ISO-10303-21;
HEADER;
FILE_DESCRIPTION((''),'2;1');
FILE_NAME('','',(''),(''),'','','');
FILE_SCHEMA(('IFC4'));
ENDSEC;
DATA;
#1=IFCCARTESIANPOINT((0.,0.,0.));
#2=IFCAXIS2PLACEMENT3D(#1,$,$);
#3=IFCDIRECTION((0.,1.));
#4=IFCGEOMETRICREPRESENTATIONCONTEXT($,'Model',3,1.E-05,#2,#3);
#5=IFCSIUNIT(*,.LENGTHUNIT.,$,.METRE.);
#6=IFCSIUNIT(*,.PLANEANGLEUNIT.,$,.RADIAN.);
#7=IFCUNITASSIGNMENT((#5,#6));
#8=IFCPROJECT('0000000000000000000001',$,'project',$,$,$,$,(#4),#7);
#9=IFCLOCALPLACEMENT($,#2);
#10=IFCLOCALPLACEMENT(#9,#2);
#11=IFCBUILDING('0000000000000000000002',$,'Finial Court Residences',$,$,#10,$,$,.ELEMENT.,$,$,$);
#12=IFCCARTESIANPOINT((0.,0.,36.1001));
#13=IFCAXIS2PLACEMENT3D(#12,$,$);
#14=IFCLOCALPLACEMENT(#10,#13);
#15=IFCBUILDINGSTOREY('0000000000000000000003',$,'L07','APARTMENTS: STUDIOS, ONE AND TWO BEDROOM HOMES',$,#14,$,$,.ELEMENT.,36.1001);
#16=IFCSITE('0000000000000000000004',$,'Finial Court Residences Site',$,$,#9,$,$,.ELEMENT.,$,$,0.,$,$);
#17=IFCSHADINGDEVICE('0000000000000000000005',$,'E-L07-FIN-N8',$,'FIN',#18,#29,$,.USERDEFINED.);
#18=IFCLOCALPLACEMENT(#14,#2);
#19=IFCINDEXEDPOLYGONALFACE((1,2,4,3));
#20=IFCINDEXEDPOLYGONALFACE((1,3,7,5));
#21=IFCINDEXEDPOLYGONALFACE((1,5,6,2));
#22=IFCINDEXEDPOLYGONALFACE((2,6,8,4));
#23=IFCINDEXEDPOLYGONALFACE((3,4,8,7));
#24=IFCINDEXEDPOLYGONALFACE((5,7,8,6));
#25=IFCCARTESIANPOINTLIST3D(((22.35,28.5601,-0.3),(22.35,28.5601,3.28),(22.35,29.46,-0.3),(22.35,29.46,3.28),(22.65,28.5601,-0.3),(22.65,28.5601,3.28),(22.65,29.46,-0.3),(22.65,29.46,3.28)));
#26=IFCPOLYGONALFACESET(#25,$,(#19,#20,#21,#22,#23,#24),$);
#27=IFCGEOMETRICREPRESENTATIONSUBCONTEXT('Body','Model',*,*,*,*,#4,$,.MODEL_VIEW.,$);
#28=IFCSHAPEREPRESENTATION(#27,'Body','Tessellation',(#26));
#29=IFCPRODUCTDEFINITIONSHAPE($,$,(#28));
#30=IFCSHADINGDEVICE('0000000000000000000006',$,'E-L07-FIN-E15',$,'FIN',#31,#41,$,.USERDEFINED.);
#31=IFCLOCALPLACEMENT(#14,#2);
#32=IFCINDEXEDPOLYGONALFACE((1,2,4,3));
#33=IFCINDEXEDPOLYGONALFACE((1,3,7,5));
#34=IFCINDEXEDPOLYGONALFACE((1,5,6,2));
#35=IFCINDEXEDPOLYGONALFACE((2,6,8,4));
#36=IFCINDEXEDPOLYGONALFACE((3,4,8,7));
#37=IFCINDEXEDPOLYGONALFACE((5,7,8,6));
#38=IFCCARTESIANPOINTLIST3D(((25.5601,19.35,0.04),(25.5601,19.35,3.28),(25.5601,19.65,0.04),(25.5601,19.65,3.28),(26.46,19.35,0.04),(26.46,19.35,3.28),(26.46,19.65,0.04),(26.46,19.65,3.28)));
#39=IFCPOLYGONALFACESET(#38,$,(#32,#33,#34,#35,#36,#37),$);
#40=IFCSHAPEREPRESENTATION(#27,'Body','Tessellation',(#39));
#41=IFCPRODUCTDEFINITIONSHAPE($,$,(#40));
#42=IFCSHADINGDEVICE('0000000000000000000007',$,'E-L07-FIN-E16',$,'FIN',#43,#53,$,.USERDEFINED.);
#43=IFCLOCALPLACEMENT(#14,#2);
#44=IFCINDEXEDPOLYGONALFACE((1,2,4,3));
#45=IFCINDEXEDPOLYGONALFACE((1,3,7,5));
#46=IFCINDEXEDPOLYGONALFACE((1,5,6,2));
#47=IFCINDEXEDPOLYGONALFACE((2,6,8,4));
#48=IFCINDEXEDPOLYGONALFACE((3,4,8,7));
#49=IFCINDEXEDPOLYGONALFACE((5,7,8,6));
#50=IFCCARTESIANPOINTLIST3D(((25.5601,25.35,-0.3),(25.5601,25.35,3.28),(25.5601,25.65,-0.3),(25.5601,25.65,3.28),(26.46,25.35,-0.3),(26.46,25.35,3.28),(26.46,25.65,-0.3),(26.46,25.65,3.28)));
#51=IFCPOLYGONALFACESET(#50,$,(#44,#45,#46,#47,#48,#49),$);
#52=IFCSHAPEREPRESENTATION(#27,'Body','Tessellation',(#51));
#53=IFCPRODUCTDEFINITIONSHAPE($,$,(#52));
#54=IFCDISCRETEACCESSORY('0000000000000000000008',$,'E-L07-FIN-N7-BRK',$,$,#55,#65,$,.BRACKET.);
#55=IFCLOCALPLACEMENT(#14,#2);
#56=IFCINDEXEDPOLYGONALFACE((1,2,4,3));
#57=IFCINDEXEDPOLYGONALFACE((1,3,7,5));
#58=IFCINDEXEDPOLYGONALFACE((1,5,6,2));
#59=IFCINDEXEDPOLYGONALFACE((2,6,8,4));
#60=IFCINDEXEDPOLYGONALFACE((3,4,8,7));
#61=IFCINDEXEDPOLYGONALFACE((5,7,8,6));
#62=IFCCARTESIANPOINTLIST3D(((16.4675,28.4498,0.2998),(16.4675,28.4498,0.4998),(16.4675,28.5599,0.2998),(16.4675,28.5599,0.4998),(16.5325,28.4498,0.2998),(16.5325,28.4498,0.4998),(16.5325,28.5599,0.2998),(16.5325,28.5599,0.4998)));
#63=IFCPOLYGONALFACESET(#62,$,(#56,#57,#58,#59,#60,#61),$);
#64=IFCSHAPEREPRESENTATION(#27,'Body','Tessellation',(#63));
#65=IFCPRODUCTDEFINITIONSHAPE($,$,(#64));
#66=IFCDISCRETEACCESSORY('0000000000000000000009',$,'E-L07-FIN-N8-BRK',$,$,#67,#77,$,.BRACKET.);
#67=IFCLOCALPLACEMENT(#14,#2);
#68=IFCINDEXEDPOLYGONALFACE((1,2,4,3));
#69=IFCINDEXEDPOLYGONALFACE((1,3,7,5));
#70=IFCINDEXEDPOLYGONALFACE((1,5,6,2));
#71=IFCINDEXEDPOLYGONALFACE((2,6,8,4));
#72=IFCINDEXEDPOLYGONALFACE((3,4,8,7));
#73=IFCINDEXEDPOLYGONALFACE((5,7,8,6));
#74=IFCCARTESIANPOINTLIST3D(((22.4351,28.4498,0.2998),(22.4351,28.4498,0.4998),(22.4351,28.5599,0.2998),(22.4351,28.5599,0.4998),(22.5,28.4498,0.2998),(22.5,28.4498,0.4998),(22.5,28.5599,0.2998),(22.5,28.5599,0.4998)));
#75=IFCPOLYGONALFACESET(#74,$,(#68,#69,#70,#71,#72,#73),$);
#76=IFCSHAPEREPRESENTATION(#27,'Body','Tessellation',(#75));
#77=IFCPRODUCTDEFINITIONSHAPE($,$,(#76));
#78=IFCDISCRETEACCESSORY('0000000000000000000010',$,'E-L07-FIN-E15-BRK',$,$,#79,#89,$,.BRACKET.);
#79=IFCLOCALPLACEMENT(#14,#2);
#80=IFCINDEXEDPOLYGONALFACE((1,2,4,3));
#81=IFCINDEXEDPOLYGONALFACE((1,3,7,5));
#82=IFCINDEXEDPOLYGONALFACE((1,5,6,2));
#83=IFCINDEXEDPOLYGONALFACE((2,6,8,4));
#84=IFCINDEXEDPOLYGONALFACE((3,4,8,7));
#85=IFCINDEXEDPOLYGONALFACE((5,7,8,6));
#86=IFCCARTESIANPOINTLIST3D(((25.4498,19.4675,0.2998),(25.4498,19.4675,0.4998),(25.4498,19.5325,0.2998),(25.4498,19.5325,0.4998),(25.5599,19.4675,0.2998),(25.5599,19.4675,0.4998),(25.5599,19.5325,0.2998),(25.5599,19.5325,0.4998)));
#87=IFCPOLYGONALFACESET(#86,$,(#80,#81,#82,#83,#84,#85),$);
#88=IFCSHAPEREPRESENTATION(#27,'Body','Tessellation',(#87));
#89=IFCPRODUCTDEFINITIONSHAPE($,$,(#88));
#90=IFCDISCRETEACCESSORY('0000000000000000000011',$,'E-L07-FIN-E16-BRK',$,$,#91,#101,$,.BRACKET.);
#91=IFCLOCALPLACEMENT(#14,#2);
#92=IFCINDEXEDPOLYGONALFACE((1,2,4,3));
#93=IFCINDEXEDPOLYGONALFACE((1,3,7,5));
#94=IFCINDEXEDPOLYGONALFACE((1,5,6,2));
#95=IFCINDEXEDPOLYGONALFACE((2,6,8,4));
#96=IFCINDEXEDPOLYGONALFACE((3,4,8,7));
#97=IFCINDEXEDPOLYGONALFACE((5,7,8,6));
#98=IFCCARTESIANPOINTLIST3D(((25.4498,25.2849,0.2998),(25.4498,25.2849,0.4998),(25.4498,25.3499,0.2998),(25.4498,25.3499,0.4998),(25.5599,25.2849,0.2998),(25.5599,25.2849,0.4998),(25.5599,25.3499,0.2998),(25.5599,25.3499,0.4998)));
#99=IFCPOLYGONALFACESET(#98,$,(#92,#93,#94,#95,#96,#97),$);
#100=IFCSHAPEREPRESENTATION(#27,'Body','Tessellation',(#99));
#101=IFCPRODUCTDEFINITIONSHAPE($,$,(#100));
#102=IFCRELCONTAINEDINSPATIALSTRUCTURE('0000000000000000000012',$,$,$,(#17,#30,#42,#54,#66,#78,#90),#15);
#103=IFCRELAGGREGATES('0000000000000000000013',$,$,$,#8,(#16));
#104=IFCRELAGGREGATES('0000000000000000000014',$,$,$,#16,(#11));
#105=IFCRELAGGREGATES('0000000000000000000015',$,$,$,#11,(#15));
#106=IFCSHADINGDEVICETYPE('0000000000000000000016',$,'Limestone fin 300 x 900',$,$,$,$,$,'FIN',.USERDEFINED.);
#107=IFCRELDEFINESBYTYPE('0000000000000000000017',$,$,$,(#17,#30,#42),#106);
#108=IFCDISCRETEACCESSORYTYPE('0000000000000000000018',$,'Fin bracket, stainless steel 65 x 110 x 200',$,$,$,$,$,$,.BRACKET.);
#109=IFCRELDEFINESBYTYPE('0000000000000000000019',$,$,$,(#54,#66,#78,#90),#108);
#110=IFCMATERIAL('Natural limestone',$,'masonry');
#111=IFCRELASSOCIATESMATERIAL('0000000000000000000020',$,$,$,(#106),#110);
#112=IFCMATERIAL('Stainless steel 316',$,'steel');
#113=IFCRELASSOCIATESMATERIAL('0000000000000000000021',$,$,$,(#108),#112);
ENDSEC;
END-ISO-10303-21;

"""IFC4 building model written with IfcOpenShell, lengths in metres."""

from ifc_helpers import new_model, si_unit, direction, frame, origin, origin_2d, place, context, subcontext, project, spatial, rectangle, extrude, material, type_object, element, save


model = new_model("IFC4")

# Units and contexts
model_context = context("Model", 3, precision=1e-05, world=origin(), true_north=direction((0.0, 1.0)))
body_context = subcontext(model_context, "Body", "Model", "MODEL_VIEW")
ifc_project = project(units=[si_unit("LENGTHUNIT", "METRE"), si_unit("PLANEANGLEUNIT", "RADIAN")], contexts=[model_context])

# Site, building, storey
site_placement = place(None, origin())
site = spatial("IfcSite", under=ifc_project, at=site_placement, Name="Finial Court Residences Site", CompositionType="ELEMENT", RefElevation=0.0)
building_placement = place(site_placement, origin())
building = spatial("IfcBuilding", under=site, at=building_placement, Name="Finial Court Residences", CompositionType="ELEMENT")
storey_placement = place(building_placement, frame((0.0, 0.0, 36.1001)))
storey = spatial("IfcBuildingStorey", under=building, at=storey_placement, Name="L07", Description="APARTMENTS: STUDIOS, ONE AND TWO BEDROOM HOMES", CompositionType="ELEMENT", Elevation=36.1001)

# Shared definitions
ifc_material_1 = material(Name="Natural limestone", Category="masonry")

# Shading devices
shading_device_type = type_object("IfcShadingDeviceType", Name="Limestone fin 300 x 900", ElementType="FIN", PredefinedType="USERDEFINED", material=ifc_material_1)
for number, where, z_axis, x_axis, name in (
    (1, (22.5, 29.01, -0.3), (0.0, 0.0, 1.0), (1.0, 0.0, 0.0), "E-L07-FIN-N8"),
):
    element("IfcShadingDevice", number, at=place(storey_placement, frame(where, z_axis=z_axis, x_axis=x_axis)), inside=storey, type_object=shading_device_type, Name=name, ObjectType="FIN", PredefinedType="USERDEFINED", context=body_context, shape_type="SweptSolid", body=[
        extrude(rectangle(XDim=0.3, YDim=0.8999, at=origin_2d()), origin(), (0.0, 0.0, 1.0), 3.5801),
    ])
shading_device_1_placement = place(storey_placement, frame((26.01, 19.5, 0.04), z_axis=(0.0, 0.0, 1.0), x_axis=(1.0, 0.0, 0.0)))
element("IfcShadingDevice", 2, at=shading_device_1_placement, inside=storey, type_object=shading_device_type, Name="E-L07-FIN-E15", ObjectType="FIN", PredefinedType="USERDEFINED", context=body_context, shape_type="SweptSolid", body=[
    extrude(rectangle(XDim=0.8999, YDim=0.3, at=origin_2d()), origin(), (0.0, 0.0, 1.0), 3.24),
])
shading_device_2_placement = place(storey_placement, frame((26.01, 25.5, -0.3), z_axis=(0.0, 0.0, 1.0), x_axis=(1.0, 0.0, 0.0)))
element("IfcShadingDevice", 3, at=shading_device_2_placement, inside=storey, type_object=shading_device_type, Name="E-L07-FIN-E16", ObjectType="FIN", PredefinedType="USERDEFINED", context=body_context, shape_type="SweptSolid", body=[
    extrude(rectangle(XDim=0.8999, YDim=0.3, at=origin_2d()), origin(), (0.0, 0.0, 1.0), 3.5801),
])

# Discrete accessories
ifc_material_2 = material(Name="Stainless steel 316", Category="steel")
discrete_accessory_type = type_object("IfcDiscreteAccessoryType", Name="Fin bracket, stainless steel 65 x 110 x 200", PredefinedType="BRACKET", material=ifc_material_2)
for number, where, z_axis, x_axis, name in (
    (4, (16.5, 28.5049, 0.2998), (0.0, 0.0, 1.0), (1.0, 0.0, 0.0), "E-L07-FIN-N7-BRK"),
    (5, (22.4675, 28.5049, 0.2998), (0.0, 0.0, 1.0), (1.0, 0.0, 0.0), "E-L07-FIN-N8-BRK"),
):
    element("IfcDiscreteAccessory", number, at=place(storey_placement, frame(where, z_axis=z_axis, x_axis=x_axis)), inside=storey, type_object=discrete_accessory_type, Name=name, PredefinedType="BRACKET", context=body_context, shape_type="SweptSolid", body=[
        extrude(rectangle(XDim=0.0649, YDim=0.1101, at=origin_2d()), origin(), (0.0, 0.0, 1.0), 0.2),
    ])
for number, where, z_axis, x_axis, name in (
    (6, (25.5049, 19.5, 0.2998), (0.0, 0.0, 1.0), (1.0, 0.0, 0.0), "E-L07-FIN-E15-BRK"),
    (7, (25.5049, 25.3174, 0.2998), (0.0, 0.0, 1.0), (1.0, 0.0, 0.0), "E-L07-FIN-E16-BRK"),
):
    element("IfcDiscreteAccessory", number, at=place(storey_placement, frame(where, z_axis=z_axis, x_axis=x_axis)), inside=storey, type_object=discrete_accessory_type, Name=name, PredefinedType="BRACKET", context=body_context, shape_type="SweptSolid", body=[
        extrude(rectangle(XDim=0.1101, YDim=0.0649, at=origin_2d()), origin(), (0.0, 0.0, 1.0), 0.2),
    ])

save(model, "model.ifc")
